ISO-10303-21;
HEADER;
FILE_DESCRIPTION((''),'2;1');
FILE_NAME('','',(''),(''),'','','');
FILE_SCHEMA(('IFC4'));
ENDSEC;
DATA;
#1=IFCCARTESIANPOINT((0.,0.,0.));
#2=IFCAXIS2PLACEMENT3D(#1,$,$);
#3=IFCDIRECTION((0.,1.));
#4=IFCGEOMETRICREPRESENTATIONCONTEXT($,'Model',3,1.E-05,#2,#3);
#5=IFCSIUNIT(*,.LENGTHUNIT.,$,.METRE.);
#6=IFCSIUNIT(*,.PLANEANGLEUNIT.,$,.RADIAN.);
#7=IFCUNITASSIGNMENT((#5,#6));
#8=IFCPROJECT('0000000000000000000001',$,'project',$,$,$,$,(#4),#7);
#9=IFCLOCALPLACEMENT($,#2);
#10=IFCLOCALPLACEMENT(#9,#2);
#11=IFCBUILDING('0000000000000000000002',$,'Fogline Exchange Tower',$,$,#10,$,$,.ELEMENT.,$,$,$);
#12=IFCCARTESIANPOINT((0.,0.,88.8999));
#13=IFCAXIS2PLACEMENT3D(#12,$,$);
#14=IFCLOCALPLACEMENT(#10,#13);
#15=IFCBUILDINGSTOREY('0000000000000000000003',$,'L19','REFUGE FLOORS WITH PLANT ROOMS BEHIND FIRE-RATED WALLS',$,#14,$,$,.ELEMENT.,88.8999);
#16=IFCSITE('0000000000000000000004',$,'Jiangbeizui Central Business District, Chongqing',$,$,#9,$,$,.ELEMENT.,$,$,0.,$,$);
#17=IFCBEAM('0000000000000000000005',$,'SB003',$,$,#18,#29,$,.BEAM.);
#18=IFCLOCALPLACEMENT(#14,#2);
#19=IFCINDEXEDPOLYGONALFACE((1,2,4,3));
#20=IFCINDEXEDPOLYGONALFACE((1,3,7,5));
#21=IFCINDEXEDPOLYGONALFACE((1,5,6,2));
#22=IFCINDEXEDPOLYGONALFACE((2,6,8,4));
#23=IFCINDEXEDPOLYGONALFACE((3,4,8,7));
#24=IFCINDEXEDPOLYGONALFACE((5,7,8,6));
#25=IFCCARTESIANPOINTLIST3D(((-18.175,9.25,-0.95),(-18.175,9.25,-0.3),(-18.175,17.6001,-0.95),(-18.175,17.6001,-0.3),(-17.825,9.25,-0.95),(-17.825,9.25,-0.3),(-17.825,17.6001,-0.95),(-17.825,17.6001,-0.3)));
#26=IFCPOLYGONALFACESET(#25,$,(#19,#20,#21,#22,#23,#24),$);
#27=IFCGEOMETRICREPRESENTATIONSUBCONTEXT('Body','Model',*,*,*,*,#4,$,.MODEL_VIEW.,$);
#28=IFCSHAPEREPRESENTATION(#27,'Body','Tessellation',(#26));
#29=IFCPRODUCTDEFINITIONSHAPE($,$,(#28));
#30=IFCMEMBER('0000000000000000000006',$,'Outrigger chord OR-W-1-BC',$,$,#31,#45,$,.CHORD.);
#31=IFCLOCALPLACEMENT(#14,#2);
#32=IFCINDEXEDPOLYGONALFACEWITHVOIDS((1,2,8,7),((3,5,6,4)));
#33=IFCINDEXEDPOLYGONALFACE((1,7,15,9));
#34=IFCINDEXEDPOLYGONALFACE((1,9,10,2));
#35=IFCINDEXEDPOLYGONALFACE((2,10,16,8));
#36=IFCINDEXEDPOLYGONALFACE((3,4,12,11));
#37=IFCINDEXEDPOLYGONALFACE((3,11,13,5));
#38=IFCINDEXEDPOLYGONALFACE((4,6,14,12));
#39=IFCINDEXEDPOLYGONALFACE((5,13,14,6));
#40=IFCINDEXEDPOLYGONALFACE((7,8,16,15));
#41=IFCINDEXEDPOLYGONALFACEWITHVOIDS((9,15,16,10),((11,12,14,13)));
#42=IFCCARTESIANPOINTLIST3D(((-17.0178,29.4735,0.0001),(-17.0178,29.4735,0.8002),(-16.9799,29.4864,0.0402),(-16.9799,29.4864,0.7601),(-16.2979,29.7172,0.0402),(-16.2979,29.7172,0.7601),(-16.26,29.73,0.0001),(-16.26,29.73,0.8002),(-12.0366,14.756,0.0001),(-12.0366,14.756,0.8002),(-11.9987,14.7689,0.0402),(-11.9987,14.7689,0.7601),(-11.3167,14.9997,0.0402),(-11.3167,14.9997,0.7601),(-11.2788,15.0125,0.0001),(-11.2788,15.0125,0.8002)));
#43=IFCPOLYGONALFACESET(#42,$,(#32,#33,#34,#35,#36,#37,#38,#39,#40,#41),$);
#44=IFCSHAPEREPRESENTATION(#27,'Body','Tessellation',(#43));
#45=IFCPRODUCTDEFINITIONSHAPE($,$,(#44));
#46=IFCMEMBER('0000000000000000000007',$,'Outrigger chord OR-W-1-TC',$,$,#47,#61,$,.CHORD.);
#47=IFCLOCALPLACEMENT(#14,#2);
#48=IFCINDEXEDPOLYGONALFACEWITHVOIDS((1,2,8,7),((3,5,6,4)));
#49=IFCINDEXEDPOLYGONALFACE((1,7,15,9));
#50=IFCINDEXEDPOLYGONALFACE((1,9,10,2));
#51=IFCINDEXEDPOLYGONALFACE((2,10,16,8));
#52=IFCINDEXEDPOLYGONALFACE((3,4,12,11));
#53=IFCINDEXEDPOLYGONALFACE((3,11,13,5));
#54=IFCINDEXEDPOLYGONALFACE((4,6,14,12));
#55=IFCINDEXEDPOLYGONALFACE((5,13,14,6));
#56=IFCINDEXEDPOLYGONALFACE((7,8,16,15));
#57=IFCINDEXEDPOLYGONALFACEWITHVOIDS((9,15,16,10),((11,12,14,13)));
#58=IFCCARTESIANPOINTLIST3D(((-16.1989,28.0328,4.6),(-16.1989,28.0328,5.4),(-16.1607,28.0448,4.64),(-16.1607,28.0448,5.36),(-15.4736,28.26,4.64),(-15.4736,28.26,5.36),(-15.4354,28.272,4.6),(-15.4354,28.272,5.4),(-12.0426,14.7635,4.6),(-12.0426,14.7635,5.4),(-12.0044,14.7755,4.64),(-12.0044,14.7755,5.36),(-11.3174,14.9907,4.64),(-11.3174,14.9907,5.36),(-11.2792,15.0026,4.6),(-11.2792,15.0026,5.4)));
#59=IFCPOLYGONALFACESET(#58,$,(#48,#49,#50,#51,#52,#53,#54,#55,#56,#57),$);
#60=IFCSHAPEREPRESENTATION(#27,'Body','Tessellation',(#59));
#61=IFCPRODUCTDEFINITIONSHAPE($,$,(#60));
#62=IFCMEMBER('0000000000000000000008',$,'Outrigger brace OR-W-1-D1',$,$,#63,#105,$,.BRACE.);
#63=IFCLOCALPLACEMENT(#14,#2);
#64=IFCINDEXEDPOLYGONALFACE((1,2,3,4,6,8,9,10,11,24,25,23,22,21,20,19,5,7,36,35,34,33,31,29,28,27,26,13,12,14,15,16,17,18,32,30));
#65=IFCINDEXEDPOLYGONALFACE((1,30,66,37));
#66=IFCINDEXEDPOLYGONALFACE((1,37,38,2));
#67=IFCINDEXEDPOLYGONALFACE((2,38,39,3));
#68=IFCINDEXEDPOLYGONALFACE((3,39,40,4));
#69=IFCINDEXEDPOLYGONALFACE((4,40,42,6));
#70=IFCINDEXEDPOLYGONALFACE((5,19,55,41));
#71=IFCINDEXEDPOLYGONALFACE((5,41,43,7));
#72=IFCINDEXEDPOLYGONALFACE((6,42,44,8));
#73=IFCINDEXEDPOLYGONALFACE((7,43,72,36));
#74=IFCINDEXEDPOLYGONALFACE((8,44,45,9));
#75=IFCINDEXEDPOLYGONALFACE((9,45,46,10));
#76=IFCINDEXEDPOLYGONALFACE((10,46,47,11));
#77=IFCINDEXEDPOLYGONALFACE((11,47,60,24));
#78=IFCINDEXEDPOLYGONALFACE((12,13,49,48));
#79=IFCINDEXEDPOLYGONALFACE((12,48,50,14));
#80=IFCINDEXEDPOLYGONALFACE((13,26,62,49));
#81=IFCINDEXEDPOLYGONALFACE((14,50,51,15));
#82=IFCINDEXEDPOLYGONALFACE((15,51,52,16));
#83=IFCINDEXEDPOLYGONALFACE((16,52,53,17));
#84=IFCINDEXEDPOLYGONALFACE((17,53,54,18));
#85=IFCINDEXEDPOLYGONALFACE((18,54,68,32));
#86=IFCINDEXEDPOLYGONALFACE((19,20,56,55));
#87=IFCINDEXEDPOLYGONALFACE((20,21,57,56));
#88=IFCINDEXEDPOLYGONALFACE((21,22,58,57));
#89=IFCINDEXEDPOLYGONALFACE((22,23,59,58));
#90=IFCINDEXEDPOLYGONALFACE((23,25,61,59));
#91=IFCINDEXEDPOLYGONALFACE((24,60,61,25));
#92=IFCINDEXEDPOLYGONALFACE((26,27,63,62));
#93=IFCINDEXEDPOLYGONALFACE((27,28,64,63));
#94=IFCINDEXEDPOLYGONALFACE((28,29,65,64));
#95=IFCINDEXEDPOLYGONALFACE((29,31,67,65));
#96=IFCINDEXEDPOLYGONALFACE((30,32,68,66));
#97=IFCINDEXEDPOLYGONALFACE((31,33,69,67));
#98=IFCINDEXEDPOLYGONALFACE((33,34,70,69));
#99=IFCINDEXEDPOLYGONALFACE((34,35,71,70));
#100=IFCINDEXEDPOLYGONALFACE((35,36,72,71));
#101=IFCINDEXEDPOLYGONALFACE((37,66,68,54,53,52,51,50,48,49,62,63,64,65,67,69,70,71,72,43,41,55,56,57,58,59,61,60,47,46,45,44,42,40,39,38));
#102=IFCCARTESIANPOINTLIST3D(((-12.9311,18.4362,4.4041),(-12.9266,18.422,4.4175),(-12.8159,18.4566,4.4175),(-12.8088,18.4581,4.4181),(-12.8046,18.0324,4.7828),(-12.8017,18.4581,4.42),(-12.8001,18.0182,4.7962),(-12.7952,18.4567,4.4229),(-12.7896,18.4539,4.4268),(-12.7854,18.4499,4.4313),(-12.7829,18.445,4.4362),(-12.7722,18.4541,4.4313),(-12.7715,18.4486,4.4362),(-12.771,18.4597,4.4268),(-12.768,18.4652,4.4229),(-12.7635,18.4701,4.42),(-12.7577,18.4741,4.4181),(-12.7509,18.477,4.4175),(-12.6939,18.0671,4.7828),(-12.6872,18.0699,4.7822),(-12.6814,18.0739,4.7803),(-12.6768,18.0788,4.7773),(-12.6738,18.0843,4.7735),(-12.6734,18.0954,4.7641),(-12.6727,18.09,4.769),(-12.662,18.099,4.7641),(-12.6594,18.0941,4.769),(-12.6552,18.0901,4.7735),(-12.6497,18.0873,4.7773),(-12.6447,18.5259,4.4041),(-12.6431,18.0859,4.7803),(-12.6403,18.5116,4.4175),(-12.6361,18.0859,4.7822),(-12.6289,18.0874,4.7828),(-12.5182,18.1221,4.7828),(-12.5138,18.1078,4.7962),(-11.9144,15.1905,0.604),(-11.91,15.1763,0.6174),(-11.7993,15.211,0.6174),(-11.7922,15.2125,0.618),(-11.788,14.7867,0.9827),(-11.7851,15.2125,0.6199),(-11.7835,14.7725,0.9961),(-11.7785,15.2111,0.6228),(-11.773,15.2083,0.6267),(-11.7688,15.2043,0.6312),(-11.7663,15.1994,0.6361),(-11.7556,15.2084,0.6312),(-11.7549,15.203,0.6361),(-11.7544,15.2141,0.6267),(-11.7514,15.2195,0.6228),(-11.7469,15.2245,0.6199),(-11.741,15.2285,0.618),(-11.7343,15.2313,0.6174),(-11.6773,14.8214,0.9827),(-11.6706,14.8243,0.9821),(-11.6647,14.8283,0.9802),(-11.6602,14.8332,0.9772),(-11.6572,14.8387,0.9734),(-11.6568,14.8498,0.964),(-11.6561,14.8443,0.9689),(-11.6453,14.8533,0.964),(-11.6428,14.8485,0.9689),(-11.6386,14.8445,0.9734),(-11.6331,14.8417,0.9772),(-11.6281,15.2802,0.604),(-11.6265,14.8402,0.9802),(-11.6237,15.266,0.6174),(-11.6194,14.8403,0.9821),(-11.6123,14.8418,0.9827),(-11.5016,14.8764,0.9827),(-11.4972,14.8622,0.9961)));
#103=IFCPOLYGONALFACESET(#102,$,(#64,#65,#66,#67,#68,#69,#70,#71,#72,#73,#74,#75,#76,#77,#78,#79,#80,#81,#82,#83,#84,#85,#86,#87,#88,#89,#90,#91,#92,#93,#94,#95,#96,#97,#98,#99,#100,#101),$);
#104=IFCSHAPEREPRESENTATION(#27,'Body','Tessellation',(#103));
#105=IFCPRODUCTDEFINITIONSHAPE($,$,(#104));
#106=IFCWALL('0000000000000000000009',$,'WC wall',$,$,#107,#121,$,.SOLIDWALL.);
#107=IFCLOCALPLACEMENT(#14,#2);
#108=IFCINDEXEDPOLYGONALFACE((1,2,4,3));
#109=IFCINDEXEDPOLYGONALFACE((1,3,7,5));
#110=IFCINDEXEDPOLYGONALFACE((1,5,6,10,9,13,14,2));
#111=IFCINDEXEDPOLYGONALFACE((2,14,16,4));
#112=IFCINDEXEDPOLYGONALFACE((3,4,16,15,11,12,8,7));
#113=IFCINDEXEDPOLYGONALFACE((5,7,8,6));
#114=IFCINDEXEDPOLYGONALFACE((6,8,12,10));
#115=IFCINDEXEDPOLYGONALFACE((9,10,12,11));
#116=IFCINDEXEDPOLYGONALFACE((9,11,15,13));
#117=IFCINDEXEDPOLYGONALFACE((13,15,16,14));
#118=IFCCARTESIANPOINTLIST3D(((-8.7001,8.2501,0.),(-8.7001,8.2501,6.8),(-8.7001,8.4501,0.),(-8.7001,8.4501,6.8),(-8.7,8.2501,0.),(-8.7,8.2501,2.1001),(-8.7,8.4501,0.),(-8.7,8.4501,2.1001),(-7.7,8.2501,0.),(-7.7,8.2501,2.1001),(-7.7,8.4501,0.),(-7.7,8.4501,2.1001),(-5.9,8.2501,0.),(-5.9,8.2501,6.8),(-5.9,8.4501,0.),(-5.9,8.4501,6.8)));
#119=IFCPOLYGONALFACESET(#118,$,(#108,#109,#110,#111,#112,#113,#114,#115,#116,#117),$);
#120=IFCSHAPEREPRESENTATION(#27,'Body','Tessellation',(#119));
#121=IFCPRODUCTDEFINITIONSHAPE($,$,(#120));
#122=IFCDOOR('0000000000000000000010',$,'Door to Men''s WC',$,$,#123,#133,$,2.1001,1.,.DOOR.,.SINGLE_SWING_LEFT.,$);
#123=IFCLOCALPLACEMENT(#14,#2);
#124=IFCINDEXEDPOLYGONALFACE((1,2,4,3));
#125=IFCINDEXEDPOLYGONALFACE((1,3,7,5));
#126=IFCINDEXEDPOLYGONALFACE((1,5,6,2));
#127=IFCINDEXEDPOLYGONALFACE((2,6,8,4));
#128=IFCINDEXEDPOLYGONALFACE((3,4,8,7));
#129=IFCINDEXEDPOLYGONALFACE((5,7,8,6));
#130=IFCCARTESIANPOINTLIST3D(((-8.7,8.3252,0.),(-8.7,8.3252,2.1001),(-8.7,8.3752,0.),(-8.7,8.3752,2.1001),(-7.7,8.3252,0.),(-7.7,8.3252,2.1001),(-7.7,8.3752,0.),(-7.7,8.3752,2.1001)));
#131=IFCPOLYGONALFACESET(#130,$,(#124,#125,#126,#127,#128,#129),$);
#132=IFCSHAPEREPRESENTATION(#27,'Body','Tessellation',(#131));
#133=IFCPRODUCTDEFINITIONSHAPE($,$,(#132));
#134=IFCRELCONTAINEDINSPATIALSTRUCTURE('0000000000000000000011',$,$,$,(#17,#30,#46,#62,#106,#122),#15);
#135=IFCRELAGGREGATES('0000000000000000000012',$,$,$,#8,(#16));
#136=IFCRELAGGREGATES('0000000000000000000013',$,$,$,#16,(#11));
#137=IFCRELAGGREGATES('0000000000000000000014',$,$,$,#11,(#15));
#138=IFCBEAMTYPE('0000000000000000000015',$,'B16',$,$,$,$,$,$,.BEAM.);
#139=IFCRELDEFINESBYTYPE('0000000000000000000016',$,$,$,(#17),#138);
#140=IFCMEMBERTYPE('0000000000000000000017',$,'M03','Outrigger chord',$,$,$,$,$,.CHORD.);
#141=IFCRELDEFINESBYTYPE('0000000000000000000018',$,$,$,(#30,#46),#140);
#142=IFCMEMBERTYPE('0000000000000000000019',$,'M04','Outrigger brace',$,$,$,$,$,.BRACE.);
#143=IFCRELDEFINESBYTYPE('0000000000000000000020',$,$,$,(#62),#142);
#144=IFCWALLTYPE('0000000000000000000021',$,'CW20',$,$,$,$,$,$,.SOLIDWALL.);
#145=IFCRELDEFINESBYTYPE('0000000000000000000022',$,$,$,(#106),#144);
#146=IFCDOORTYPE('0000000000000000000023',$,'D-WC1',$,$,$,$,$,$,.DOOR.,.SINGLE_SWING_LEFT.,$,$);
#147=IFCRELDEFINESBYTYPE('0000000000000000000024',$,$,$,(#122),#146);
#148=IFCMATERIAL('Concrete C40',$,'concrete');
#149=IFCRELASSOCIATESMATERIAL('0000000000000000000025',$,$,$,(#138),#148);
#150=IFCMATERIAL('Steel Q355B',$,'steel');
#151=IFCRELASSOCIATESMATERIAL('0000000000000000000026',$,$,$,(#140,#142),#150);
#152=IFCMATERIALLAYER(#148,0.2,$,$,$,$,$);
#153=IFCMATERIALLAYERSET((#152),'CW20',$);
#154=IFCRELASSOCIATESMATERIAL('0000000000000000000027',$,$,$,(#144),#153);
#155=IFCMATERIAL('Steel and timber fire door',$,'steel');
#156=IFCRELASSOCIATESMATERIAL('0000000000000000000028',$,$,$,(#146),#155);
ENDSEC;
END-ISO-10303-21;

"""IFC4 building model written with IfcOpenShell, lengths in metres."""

from ifc_helpers import new_model, si_unit, direction, frame, frame_2d, origin, origin_2d, place, context, subcontext, project, spatial, rectangle, hollow_rectangle, i_section, extrude, material, layer, layer_set, material_profile, profile_set, type_object, element, fill, save


model = new_model("IFC4")

# Units and contexts
model_context = context("Model", 3, precision=1e-05, world=origin(), true_north=direction((0.0, 1.0)))
body_context = subcontext(model_context, "Body", "Model", "MODEL_VIEW")
ifc_project = project(units=[si_unit("LENGTHUNIT", "METRE"), si_unit("PLANEANGLEUNIT", "RADIAN")], contexts=[model_context])

# Site, building, storey
site_placement = place(None, origin())
site = spatial("IfcSite", under=ifc_project, at=site_placement, Name="Jiangbeizui Central Business District, Chongqing", CompositionType="ELEMENT", RefElevation=0.0)
building_placement = place(site_placement, origin())
building = spatial("IfcBuilding", under=site, at=building_placement, Name="Fogline Exchange Tower", CompositionType="ELEMENT")
storey_placement = place(building_placement, frame((0.0, 0.0, 88.8999)))
storey = spatial("IfcBuildingStorey", under=building, at=storey_placement, Name="L19", Description="REFUGE FLOORS WITH PLANT ROOMS BEHIND FIRE-RATED WALLS", CompositionType="ELEMENT", Elevation=88.8999)

# Beam
ifc_material_1 = material(Name="Concrete C40", Category="concrete")
ifc_material_profile_1 = material_profile(ifc_material_1, rectangle(XDim=0.3501, YDim=0.6499, at=origin_2d()), Name="RC 350x650")
ifc_profile_set_1 = profile_set([ifc_material_profile_1], Name="Concrete C40")
beam_type = type_object("IfcBeamType", Name="B16", PredefinedType="BEAM", material=ifc_profile_set_1)
beam_placement = place(storey_placement, frame((-18.0, 9.25, -0.625), z_axis=(0.0, 1.0, 0.0), x_axis=(-1.0, 0.0, 0.0)))
element("IfcBeam", 1, at=beam_placement, inside=storey, type_object=beam_type, Name="SB003", PredefinedType="BEAM", context=body_context, shape_type="SweptSolid", body=[
    extrude(rectangle(XDim=0.3501, YDim=0.6499, at=origin_2d()), origin(), (0.0, 0.0, 1.0), 8.3501),
])

# Members
ifc_material_2 = material(Name="Steel Q355B", Category="steel")
ifc_material_profile_2 = material_profile(ifc_material_2, hollow_rectangle(XDim=0.8, YDim=0.8, WallThickness=0.04, at=origin_2d()), Name="BOX800X800X40")
ifc_profile_set_2 = profile_set([ifc_material_profile_2], Name="Steel Q355B")
member_type_1 = type_object("IfcMemberType", Name="M03", Description="Outrigger chord", PredefinedType="CHORD", material=ifc_profile_set_2)
member_1_placement = place(storey_placement, frame((-11.6577, 14.8843, 0.4001), z_axis=(-0.320589, 0.947218, 0.0), x_axis=(-0.947218, -0.320589, 0.0)))
element("IfcMember", 2, at=member_1_placement, inside=storey, type_object=member_type_1, Name="Outrigger chord OR-W-1-BC", PredefinedType="CHORD", context=body_context, shape_type="SweptSolid", body=[
    extrude(hollow_rectangle(XDim=0.8, YDim=0.8, WallThickness=0.04, at=origin_2d()), origin(), (0.0, 0.0, 1.0), 15.5376),
])
member_2_placement = place(storey_placement, frame((-11.6609, 14.8831, 5.0), z_axis=(-0.298904, 0.954283, 0.0), x_axis=(-0.954283, -0.298904, 0.0)))
element("IfcMember", 3, at=member_2_placement, inside=storey, type_object=member_type_1, Name="Outrigger chord OR-W-1-TC", PredefinedType="CHORD", context=body_context, shape_type="SweptSolid", body=[
    extrude(hollow_rectangle(XDim=0.8, YDim=0.8, WallThickness=0.04, at=origin_2d()), origin(), (0.0, 0.0, 1.0), 13.905),
])
ifc_material_profile_3 = material_profile(ifc_material_2, i_section(OverallWidth=0.3, OverallDepth=0.5879, WebThickness=0.012, FlangeThickness=0.02, FilletRadius=0.0281, at=origin_2d()), Name="HM588X300X12X20")
ifc_profile_set_3 = profile_set([ifc_material_profile_3], Name="Steel Q355B")
member_type_2 = type_object("IfcMemberType", Name="M04", Description="Outrigger brace", PredefinedType="BRACE", material=ifc_profile_set_3)
member_3_placement = place(storey_placement, frame((-11.7058, 15.0264, 0.8), z_axis=(-0.199342, 0.63642, 0.745139), x_axis=(-0.954283, -0.298904, 0.0)))
element("IfcMember", 4, at=member_3_placement, inside=storey, type_object=member_type_2, Name="Outrigger brace OR-W-1-D1", PredefinedType="BRACE", context=body_context, shape_type="SweptSolid", body=[
    extrude(i_section(OverallWidth=0.3, OverallDepth=0.5879, WebThickness=0.012, FlangeThickness=0.02, FilletRadius=0.0281, at=origin_2d()), origin(), (0.0, 0.0, 1.0), 5.0999),
])

# Wall, opening, door
ifc_layer_1 = layer(ifc_material_1, 0.2)
ifc_layer_set_1 = layer_set([ifc_layer_1], Name="CW20")
wall_type_1 = type_object("IfcWallType", Name="CW20", PredefinedType="SOLIDWALL", material=ifc_layer_set_1)
wall_1_placement = place(storey_placement, frame((-8.7, 8.3501, 0.0), z_axis=(0.0, 0.0, 1.0), x_axis=(1.0, 0.0, 0.0)))
wall_1 = element("IfcWall", 5, at=wall_1_placement, inside=storey, type_object=wall_type_1, Name="WC wall", PredefinedType="SOLIDWALL", context=body_context, shape_type="SweptSolid", body=[
    extrude(rectangle(XDim=2.8, YDim=0.2, at=frame_2d((1.3999, 0.0))), origin(), (0.0, 0.0, 1.0), 6.8),
])
opening_1_placement = place(wall_1_placement, origin())
opening_1 = element("IfcOpeningElement", 6, at=opening_1_placement, cuts=wall_1, PredefinedType="OPENING", context=body_context, shape_type="SweptSolid", body=[
    extrude(rectangle(XDim=1.0, YDim=2.1001, at=frame_2d((0.5, 1.05))), frame((0.0, 0.1099, 0.0), z_axis=(0.0, -1.0, 0.0), x_axis=(1.0, 0.0, 0.0)), (0.0, 0.0, 1.0), 0.22),
])
ifc_material_3 = material(Name="Steel and timber fire door", Category="steel")
door_type_1 = type_object("IfcDoorType", Name="D-WC1", OperationType="SINGLE_SWING_LEFT", PredefinedType="DOOR", material=ifc_material_3)
door_1_placement = place(opening_1_placement, frame((1.0, 0.0, 0.0), z_axis=(0.0, 0.0, 1.0), x_axis=(-1.0, 0.0, 0.0)))
door_1 = element("IfcDoor", 7, at=door_1_placement, inside=storey, type_object=door_type_1, Name="Door to Men's WC", OperationType="SINGLE_SWING_LEFT", OverallHeight=2.1001, OverallWidth=1.0, PredefinedType="DOOR", context=body_context, shape_type="SweptSolid", body=[
    extrude(rectangle(XDim=1.0, YDim=2.1001, at=frame_2d((0.5, 1.05))), frame((0.0, 0.0249, 0.0), z_axis=(0.0, -1.0, 0.0), x_axis=(1.0, 0.0, 0.0)), (0.0, 0.0, 1.0), 0.05),
])
fill(opening_1, door_1)

save(model, "model.ifc")
